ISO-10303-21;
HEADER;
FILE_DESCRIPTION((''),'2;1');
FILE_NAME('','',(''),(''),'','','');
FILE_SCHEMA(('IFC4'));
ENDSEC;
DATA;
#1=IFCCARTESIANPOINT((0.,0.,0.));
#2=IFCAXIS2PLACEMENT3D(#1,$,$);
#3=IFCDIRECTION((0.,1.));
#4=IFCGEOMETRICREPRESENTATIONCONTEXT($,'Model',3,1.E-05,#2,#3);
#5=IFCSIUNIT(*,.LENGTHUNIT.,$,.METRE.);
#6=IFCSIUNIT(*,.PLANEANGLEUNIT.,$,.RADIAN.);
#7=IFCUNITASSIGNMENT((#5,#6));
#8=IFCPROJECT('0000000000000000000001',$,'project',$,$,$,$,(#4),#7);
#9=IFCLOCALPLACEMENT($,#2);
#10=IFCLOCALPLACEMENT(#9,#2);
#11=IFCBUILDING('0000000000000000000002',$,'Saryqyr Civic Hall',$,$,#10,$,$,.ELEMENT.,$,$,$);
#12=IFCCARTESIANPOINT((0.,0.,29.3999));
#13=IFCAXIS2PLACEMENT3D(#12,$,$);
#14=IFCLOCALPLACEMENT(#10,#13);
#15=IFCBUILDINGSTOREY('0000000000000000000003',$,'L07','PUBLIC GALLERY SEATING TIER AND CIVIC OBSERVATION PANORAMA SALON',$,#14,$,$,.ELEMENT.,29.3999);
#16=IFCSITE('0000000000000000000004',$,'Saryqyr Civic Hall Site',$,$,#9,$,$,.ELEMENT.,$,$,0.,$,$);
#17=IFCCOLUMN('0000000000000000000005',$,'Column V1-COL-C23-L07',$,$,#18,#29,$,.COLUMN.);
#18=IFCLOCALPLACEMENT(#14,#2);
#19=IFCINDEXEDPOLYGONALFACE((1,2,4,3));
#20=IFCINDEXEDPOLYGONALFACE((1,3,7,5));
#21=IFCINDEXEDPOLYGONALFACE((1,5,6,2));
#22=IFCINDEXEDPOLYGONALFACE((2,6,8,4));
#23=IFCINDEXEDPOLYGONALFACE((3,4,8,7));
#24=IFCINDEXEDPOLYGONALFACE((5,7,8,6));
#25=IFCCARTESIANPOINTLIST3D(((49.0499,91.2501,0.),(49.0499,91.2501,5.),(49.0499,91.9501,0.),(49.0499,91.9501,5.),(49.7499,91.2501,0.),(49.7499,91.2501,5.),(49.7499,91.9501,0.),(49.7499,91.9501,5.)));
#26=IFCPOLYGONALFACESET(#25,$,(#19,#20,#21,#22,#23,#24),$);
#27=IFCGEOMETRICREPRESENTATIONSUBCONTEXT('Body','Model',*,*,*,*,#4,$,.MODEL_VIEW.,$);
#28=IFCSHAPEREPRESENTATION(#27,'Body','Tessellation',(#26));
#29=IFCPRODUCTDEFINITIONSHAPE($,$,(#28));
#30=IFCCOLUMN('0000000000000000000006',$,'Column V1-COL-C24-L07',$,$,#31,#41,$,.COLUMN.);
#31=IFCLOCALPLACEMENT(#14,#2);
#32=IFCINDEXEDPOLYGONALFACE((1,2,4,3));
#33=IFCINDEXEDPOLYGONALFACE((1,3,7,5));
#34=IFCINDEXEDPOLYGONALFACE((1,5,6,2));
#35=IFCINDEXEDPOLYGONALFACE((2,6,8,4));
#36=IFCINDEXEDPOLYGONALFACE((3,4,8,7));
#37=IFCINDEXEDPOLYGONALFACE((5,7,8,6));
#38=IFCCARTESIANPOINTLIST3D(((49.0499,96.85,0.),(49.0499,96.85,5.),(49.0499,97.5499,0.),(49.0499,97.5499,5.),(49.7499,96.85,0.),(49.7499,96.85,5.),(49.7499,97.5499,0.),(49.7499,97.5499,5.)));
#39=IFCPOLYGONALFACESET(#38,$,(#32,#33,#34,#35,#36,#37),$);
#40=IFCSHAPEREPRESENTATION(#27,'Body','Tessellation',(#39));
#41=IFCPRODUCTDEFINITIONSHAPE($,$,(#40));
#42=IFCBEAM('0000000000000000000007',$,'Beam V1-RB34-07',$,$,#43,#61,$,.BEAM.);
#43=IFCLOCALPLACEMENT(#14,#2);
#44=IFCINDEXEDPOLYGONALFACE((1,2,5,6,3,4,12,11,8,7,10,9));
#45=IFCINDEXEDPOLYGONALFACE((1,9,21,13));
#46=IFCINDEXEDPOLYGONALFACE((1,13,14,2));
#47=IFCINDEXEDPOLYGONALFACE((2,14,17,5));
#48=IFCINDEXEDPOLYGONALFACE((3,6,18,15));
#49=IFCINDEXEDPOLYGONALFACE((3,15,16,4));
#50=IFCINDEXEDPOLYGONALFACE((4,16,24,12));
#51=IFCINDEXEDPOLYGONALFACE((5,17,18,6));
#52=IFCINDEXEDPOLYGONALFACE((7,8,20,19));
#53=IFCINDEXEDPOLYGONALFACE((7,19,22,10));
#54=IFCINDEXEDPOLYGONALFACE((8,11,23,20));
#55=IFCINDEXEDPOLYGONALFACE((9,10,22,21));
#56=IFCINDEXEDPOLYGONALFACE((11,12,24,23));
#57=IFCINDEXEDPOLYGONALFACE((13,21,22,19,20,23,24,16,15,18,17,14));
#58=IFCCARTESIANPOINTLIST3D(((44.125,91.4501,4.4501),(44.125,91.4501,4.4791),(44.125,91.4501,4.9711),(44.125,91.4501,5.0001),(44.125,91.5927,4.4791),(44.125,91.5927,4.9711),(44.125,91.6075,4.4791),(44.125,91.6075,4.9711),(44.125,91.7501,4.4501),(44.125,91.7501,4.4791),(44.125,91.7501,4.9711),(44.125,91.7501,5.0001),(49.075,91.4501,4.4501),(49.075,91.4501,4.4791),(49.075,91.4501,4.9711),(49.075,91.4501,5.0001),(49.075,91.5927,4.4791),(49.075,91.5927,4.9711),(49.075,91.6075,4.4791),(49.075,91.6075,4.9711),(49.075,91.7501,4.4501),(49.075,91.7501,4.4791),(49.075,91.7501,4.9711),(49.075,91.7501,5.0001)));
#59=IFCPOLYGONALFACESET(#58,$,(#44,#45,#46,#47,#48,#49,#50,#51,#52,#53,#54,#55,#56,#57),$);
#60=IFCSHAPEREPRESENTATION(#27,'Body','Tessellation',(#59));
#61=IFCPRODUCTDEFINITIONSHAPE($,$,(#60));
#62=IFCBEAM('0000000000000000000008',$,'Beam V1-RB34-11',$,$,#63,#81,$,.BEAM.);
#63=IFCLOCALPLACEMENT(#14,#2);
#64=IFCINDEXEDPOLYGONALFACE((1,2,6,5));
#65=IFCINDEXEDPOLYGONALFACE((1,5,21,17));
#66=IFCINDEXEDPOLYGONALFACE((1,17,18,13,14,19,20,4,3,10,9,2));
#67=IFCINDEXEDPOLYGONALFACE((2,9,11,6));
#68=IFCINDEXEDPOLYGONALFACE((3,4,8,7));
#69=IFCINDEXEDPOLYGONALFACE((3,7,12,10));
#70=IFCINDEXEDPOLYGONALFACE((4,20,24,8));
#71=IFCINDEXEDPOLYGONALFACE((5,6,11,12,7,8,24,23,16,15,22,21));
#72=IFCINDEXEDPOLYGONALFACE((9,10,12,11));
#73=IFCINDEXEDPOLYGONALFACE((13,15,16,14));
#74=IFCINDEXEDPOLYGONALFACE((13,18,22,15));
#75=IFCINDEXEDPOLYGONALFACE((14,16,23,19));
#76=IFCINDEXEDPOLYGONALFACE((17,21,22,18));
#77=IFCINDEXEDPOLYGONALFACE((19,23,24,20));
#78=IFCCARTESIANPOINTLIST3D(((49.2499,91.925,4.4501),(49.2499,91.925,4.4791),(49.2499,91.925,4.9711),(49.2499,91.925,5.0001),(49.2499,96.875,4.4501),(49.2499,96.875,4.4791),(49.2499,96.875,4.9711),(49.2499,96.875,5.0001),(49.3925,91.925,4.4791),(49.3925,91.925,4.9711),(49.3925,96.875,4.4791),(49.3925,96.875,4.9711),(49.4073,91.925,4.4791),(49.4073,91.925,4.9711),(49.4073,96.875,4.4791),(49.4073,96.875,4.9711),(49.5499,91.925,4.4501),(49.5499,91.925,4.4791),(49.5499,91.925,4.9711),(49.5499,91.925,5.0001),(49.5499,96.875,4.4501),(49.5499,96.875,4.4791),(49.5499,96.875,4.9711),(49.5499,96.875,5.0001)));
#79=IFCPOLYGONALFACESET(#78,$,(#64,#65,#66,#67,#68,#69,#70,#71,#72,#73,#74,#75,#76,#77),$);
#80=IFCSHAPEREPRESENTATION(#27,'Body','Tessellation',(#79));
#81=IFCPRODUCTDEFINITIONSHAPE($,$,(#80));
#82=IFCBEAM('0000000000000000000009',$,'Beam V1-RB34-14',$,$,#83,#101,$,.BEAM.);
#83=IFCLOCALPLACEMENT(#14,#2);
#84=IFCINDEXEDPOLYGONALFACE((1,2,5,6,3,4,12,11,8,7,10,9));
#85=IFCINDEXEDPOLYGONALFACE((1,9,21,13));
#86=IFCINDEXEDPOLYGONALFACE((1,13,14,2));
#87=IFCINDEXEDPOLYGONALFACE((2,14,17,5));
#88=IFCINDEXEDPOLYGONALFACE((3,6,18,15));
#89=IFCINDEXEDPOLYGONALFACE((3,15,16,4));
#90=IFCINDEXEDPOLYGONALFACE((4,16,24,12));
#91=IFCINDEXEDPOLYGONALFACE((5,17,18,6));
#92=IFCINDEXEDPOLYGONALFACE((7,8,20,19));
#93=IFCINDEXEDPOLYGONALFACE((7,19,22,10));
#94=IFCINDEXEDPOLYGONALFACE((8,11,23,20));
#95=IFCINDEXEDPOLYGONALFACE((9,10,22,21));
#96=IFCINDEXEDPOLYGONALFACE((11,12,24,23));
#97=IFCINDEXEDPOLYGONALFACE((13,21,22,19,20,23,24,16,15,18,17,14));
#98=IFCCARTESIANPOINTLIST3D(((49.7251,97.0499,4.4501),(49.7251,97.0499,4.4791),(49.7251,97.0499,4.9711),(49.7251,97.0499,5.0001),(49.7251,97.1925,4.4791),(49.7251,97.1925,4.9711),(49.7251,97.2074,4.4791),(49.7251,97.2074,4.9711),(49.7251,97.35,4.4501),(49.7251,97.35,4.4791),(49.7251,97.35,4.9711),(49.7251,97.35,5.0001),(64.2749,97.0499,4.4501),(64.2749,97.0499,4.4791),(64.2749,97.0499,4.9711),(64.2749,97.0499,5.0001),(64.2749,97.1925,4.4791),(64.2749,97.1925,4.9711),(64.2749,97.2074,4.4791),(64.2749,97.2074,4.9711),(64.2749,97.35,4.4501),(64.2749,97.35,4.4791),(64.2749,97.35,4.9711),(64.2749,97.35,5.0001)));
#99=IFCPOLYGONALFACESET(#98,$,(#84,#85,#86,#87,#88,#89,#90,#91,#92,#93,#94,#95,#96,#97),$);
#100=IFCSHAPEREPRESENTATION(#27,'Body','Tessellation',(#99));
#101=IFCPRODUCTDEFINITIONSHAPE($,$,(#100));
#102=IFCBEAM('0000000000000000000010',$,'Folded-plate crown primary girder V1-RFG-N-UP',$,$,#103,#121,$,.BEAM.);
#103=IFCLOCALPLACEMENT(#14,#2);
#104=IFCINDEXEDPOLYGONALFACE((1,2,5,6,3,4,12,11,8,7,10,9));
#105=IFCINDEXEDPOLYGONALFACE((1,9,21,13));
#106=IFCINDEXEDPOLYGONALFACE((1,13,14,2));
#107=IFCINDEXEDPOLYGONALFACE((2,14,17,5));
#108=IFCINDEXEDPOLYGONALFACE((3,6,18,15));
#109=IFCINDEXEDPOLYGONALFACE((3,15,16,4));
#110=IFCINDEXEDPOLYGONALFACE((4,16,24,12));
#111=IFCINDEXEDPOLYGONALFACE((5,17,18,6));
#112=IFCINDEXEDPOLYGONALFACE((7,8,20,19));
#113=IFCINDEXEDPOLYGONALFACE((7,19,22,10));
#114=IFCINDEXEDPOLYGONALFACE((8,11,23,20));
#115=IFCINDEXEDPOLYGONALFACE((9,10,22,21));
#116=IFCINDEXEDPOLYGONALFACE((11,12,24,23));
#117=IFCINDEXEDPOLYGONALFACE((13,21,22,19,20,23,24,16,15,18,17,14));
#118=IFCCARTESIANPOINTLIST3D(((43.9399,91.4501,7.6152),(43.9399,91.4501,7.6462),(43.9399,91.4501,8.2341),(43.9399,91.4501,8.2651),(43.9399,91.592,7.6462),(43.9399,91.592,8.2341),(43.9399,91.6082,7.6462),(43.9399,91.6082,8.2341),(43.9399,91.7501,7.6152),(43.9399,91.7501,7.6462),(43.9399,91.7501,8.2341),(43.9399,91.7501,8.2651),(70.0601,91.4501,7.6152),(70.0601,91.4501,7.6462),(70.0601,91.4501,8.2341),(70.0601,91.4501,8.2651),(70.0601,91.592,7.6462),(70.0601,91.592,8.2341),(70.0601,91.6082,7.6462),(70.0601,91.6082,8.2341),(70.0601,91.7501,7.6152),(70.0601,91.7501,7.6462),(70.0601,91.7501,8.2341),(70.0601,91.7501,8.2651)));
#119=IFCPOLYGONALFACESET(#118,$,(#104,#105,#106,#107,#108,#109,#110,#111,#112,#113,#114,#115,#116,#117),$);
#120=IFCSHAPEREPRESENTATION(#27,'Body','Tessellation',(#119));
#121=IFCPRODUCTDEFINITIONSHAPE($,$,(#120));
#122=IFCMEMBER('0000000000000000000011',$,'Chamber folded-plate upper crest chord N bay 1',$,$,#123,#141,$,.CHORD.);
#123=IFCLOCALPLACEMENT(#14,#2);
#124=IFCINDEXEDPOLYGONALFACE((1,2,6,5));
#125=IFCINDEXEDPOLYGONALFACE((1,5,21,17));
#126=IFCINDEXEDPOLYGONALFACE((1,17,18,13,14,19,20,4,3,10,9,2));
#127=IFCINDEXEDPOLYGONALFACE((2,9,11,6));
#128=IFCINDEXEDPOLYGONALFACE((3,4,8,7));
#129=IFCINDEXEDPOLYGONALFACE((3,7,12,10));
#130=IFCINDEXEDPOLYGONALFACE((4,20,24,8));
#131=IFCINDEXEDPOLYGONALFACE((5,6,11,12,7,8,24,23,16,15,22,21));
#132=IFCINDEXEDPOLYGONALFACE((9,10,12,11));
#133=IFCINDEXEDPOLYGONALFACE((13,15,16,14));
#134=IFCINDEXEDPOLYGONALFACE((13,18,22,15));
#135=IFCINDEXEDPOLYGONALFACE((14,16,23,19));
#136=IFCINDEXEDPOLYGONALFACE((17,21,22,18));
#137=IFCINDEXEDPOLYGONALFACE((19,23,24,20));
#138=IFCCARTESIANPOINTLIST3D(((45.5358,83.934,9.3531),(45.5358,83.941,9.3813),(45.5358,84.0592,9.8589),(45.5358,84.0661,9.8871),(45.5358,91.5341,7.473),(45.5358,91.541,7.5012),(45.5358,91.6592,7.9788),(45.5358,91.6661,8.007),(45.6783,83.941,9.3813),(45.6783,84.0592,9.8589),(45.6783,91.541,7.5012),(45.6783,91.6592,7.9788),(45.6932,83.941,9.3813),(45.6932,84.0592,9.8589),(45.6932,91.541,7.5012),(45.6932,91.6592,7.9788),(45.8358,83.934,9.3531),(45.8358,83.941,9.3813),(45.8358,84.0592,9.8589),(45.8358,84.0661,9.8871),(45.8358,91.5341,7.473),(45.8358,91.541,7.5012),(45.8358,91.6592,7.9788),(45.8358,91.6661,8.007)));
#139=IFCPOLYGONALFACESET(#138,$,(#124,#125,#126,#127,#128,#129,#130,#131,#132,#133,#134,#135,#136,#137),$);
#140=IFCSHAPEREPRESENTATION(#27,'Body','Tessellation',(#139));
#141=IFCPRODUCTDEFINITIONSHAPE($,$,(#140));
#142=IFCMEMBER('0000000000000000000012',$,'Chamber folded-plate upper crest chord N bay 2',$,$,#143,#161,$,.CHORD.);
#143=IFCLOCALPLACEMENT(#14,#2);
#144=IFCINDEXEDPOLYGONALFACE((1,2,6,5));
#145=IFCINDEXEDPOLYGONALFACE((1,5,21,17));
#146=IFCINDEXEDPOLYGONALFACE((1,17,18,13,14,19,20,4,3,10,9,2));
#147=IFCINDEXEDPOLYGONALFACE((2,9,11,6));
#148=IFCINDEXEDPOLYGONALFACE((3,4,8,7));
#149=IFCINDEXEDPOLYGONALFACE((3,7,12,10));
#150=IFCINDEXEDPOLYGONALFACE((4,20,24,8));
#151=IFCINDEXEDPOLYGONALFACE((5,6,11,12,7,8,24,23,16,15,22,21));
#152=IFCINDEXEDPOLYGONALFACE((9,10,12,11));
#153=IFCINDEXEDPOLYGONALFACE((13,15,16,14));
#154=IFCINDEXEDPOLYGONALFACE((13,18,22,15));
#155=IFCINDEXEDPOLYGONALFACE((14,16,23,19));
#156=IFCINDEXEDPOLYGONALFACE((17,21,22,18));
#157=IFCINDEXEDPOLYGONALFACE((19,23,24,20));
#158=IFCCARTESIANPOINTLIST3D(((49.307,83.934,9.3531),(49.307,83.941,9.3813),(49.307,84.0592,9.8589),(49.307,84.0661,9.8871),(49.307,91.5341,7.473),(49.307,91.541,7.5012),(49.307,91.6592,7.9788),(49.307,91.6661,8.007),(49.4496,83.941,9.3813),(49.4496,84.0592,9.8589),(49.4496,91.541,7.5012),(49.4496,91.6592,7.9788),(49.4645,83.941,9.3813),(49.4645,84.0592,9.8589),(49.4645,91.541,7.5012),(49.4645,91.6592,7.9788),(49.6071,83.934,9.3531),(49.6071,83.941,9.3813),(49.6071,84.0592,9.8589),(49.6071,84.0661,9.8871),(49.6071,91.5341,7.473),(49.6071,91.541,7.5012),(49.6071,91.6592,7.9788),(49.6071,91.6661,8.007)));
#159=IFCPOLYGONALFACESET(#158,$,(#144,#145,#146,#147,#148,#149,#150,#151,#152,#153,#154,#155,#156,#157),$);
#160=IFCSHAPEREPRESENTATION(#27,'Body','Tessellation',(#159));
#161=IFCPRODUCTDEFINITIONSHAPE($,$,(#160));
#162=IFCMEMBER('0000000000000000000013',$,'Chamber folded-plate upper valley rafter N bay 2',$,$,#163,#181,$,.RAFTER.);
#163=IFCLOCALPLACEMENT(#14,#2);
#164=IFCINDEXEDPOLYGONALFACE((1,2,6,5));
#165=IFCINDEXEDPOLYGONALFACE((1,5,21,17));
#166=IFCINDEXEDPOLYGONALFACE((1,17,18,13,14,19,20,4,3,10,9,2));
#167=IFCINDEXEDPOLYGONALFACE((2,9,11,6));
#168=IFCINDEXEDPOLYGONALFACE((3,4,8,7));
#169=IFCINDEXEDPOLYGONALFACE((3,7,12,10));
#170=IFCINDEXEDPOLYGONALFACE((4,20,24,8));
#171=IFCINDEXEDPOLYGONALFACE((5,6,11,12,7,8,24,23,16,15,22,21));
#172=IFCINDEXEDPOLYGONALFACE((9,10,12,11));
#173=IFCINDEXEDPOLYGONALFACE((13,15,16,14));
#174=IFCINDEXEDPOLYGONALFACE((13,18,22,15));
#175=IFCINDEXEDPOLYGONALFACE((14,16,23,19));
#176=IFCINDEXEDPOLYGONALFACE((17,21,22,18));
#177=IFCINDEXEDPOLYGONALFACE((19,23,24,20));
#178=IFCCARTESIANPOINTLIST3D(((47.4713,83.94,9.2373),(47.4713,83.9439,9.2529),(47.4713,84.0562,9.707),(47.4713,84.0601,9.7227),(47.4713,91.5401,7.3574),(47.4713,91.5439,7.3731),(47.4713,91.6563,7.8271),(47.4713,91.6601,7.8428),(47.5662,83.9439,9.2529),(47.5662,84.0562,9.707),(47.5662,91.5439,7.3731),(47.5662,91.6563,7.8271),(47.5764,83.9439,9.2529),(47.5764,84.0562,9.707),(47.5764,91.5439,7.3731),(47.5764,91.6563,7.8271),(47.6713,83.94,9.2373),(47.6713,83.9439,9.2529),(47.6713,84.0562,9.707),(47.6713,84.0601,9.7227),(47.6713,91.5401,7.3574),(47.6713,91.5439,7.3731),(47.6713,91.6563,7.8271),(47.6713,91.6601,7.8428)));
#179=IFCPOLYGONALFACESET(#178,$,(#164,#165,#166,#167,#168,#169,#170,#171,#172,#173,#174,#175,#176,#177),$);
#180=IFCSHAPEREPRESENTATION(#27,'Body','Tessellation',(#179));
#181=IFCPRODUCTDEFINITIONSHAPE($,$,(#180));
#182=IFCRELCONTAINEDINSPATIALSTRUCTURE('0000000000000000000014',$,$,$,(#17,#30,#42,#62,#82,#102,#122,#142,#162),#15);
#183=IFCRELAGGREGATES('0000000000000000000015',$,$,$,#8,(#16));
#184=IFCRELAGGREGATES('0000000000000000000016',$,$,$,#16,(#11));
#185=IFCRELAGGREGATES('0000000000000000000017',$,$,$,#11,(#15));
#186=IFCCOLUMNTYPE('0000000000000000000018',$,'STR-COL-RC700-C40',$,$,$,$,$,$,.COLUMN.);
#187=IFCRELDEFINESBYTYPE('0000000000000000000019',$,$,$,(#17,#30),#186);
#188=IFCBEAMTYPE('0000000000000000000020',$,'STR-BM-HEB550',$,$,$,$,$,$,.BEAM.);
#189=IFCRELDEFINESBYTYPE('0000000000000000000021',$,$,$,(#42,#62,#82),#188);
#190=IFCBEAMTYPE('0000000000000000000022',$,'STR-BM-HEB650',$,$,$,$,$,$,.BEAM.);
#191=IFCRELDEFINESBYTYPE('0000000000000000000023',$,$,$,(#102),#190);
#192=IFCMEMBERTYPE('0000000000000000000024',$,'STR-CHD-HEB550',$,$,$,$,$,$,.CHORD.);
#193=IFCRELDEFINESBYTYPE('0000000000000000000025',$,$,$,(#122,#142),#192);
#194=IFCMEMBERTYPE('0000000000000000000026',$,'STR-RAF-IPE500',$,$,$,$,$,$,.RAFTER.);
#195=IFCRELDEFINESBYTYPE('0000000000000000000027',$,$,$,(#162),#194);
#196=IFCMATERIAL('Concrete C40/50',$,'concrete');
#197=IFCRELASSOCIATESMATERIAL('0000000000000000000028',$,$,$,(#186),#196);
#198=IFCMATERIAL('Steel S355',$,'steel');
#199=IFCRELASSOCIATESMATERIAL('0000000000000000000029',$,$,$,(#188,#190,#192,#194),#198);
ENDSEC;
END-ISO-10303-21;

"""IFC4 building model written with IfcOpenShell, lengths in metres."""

from ifc_helpers import new_model, si_unit, direction, frame, origin, origin_2d, place, context, subcontext, project, spatial, rectangle, i_section, extrude, material, material_profile, profile_set, type_object, element, save


model = new_model("IFC4")

# Units and contexts
model_context = context("Model", 3, precision=1e-05, world=origin(), true_north=direction((0.0, 1.0)))
body_context = subcontext(model_context, "Body", "Model", "MODEL_VIEW")
ifc_project = project(units=[si_unit("LENGTHUNIT", "METRE"), si_unit("PLANEANGLEUNIT", "RADIAN")], contexts=[model_context])

# Site, building, storey
site_placement = place(None, origin())
site = spatial("IfcSite", under=ifc_project, at=site_placement, Name="Saryqyr Civic Hall Site", CompositionType="ELEMENT", RefElevation=0.0)
building_placement = place(site_placement, origin())
building = spatial("IfcBuilding", under=site, at=building_placement, Name="Saryqyr Civic Hall", CompositionType="ELEMENT")
storey_placement = place(building_placement, frame((0.0, 0.0, 29.3999)))
storey = spatial("IfcBuildingStorey", under=building, at=storey_placement, Name="L07", Description="PUBLIC GALLERY SEATING TIER AND CIVIC OBSERVATION PANORAMA SALON", CompositionType="ELEMENT", Elevation=29.3999)

# Columns
ifc_material_1 = material(Name="Concrete C40/50", Category="concrete")
ifc_material_profile_1 = material_profile(ifc_material_1, rectangle(XDim=0.7, YDim=0.7, at=origin_2d()), Name="RC 700x700")
ifc_profile_set_1 = profile_set([ifc_material_profile_1], Name="Concrete C40/50")
column_type = type_object("IfcColumnType", Name="STR-COL-RC700-C40", PredefinedType="COLUMN", material=ifc_profile_set_1)
for number, where, z_axis, x_axis, name in (
    (1, (49.3999, 91.6001, 0.0), (0.0, 0.0, 1.0), (1.0, 0.0, 0.0), "Column V1-COL-C23-L07"),
    (2, (49.3999, 97.2, 0.0), (0.0, 0.0, 1.0), (1.0, 0.0, 0.0), "Column V1-COL-C24-L07"),
):
    element("IfcColumn", number, at=place(storey_placement, frame(where, z_axis=z_axis, x_axis=x_axis)), inside=storey, type_object=column_type, Name=name, PredefinedType="COLUMN", context=body_context, shape_type="SweptSolid", body=[
        extrude(rectangle(XDim=0.7, YDim=0.7, at=origin_2d()), origin(), (0.0, 0.0, 1.0), 5.0),
    ])

# Beams
ifc_material_2 = material(Name="Steel S355", Category="steel")
ifc_material_profile_2 = material_profile(ifc_material_2, i_section(OverallWidth=0.3, OverallDepth=0.55, WebThickness=0.0149, FlangeThickness=0.0291, at=origin_2d()), Name="HEB 550")
ifc_profile_set_2 = profile_set([ifc_material_profile_2], Name="Steel S355")
beam_type_1 = type_object("IfcBeamType", Name="STR-BM-HEB550", PredefinedType="BEAM", material=ifc_profile_set_2)
for number, where, z_axis, x_axis, name in (
    (3, (44.125, 91.6001, 4.7251), (1.0, 0.0, 0.0), (0.0, 1.0, 0.0), "Beam V1-RB34-07"),
    (4, (49.3999, 91.925, 4.7251), (0.0, 1.0, 0.0), (-1.0, 0.0, 0.0), "Beam V1-RB34-11"),
):
    element("IfcBeam", number, at=place(storey_placement, frame(where, z_axis=z_axis, x_axis=x_axis)), inside=storey, type_object=beam_type_1, Name=name, PredefinedType="BEAM", context=body_context, shape_type="SweptSolid", body=[
        extrude(i_section(OverallWidth=0.3, OverallDepth=0.55, WebThickness=0.0149, FlangeThickness=0.0291, at=origin_2d()), origin(), (0.0, 0.0, 1.0), 4.95),
    ])
beam_1_placement = place(storey_placement, frame((49.7251, 97.2, 4.7251), z_axis=(1.0, 0.0, 0.0), x_axis=(0.0, 1.0, 0.0)))
element("IfcBeam", 5, at=beam_1_placement, inside=storey, type_object=beam_type_1, Name="Beam V1-RB34-14", PredefinedType="BEAM", context=body_context, shape_type="SweptSolid", body=[
    extrude(i_section(OverallWidth=0.3, OverallDepth=0.55, WebThickness=0.0149, FlangeThickness=0.0291, at=origin_2d()), origin(), (0.0, 0.0, 1.0), 14.5498),
])
ifc_material_profile_3 = material_profile(ifc_material_2, i_section(OverallWidth=0.3, OverallDepth=0.6499, WebThickness=0.0161, FlangeThickness=0.031, at=origin_2d()), Name="HEB 650")
ifc_profile_set_3 = profile_set([ifc_material_profile_3], Name="Steel S355")
beam_type_2 = type_object("IfcBeamType", Name="STR-BM-HEB650", PredefinedType="BEAM", material=ifc_profile_set_3)
beam_2_placement = place(storey_placement, frame((43.9399, 91.6001, 7.9402), z_axis=(1.0, 0.0, 0.0), x_axis=(0.0, 1.0, 0.0)))
element("IfcBeam", 6, at=beam_2_placement, inside=storey, type_object=beam_type_2, Name="Folded-plate crown primary girder V1-RFG-N-UP", PredefinedType="BEAM", context=body_context, shape_type="SweptSolid", body=[
    extrude(i_section(OverallWidth=0.3, OverallDepth=0.6499, WebThickness=0.0161, FlangeThickness=0.031, at=origin_2d()), origin(), (0.0, 0.0, 1.0), 26.1201),
])

# Members
ifc_material_profile_4 = material_profile(ifc_material_2, i_section(OverallWidth=0.3, OverallDepth=0.55, WebThickness=0.0149, FlangeThickness=0.0291, at=origin_2d()), Name="HEB 550")
ifc_profile_set_4 = profile_set([ifc_material_profile_4], Name="Steel S355")
member_type_1 = type_object("IfcMemberType", Name="STR-CHD-HEB550", PredefinedType="CHORD", material=ifc_profile_set_4)
for number, where, z_axis, x_axis, name in (
    (7, (45.6858, 91.6001, 7.74), (0.0, -0.970738, 0.240143), (1.0, 0.0, 0.0), "Chamber folded-plate upper crest chord N bay 1"),
    (8, (49.457, 91.6001, 7.74), (0.0, -0.970738, 0.240143), (1.0, 0.0, 0.0), "Chamber folded-plate upper crest chord N bay 2"),
):
    element("IfcMember", number, at=place(storey_placement, frame(where, z_axis=z_axis, x_axis=x_axis)), inside=storey, type_object=member_type_1, Name=name, PredefinedType="CHORD", context=body_context, shape_type="SweptSolid", body=[
        extrude(i_section(OverallWidth=0.3, OverallDepth=0.55, WebThickness=0.0149, FlangeThickness=0.0291, at=origin_2d()), origin(), (0.0, 0.0, 1.0), 7.8291),
    ])
ifc_material_profile_5 = material_profile(ifc_material_2, i_section(OverallWidth=0.2, OverallDepth=0.5, WebThickness=0.0103, FlangeThickness=0.0161, at=origin_2d()), Name="IPE 500")
ifc_profile_set_5 = profile_set([ifc_material_profile_5], Name="Steel S355")
member_type_2 = type_object("IfcMemberType", Name="STR-RAF-IPE500", PredefinedType="RAFTER", material=ifc_profile_set_5)
member_placement = place(storey_placement, frame((47.5713, 91.6001, 7.6001), z_axis=(0.0, -0.970745, 0.240114), x_axis=(1.0, 0.0, 0.0)))
element("IfcMember", 9, at=member_placement, inside=storey, type_object=member_type_2, Name="Chamber folded-plate upper valley rafter N bay 2", PredefinedType="RAFTER", context=body_context, shape_type="SweptSolid", body=[
    extrude(i_section(OverallWidth=0.2, OverallDepth=0.5, WebThickness=0.0103, FlangeThickness=0.0161, at=origin_2d()), origin(), (0.0, 0.0, 1.0), 7.8291),
])

save(model, "model.ifc")
